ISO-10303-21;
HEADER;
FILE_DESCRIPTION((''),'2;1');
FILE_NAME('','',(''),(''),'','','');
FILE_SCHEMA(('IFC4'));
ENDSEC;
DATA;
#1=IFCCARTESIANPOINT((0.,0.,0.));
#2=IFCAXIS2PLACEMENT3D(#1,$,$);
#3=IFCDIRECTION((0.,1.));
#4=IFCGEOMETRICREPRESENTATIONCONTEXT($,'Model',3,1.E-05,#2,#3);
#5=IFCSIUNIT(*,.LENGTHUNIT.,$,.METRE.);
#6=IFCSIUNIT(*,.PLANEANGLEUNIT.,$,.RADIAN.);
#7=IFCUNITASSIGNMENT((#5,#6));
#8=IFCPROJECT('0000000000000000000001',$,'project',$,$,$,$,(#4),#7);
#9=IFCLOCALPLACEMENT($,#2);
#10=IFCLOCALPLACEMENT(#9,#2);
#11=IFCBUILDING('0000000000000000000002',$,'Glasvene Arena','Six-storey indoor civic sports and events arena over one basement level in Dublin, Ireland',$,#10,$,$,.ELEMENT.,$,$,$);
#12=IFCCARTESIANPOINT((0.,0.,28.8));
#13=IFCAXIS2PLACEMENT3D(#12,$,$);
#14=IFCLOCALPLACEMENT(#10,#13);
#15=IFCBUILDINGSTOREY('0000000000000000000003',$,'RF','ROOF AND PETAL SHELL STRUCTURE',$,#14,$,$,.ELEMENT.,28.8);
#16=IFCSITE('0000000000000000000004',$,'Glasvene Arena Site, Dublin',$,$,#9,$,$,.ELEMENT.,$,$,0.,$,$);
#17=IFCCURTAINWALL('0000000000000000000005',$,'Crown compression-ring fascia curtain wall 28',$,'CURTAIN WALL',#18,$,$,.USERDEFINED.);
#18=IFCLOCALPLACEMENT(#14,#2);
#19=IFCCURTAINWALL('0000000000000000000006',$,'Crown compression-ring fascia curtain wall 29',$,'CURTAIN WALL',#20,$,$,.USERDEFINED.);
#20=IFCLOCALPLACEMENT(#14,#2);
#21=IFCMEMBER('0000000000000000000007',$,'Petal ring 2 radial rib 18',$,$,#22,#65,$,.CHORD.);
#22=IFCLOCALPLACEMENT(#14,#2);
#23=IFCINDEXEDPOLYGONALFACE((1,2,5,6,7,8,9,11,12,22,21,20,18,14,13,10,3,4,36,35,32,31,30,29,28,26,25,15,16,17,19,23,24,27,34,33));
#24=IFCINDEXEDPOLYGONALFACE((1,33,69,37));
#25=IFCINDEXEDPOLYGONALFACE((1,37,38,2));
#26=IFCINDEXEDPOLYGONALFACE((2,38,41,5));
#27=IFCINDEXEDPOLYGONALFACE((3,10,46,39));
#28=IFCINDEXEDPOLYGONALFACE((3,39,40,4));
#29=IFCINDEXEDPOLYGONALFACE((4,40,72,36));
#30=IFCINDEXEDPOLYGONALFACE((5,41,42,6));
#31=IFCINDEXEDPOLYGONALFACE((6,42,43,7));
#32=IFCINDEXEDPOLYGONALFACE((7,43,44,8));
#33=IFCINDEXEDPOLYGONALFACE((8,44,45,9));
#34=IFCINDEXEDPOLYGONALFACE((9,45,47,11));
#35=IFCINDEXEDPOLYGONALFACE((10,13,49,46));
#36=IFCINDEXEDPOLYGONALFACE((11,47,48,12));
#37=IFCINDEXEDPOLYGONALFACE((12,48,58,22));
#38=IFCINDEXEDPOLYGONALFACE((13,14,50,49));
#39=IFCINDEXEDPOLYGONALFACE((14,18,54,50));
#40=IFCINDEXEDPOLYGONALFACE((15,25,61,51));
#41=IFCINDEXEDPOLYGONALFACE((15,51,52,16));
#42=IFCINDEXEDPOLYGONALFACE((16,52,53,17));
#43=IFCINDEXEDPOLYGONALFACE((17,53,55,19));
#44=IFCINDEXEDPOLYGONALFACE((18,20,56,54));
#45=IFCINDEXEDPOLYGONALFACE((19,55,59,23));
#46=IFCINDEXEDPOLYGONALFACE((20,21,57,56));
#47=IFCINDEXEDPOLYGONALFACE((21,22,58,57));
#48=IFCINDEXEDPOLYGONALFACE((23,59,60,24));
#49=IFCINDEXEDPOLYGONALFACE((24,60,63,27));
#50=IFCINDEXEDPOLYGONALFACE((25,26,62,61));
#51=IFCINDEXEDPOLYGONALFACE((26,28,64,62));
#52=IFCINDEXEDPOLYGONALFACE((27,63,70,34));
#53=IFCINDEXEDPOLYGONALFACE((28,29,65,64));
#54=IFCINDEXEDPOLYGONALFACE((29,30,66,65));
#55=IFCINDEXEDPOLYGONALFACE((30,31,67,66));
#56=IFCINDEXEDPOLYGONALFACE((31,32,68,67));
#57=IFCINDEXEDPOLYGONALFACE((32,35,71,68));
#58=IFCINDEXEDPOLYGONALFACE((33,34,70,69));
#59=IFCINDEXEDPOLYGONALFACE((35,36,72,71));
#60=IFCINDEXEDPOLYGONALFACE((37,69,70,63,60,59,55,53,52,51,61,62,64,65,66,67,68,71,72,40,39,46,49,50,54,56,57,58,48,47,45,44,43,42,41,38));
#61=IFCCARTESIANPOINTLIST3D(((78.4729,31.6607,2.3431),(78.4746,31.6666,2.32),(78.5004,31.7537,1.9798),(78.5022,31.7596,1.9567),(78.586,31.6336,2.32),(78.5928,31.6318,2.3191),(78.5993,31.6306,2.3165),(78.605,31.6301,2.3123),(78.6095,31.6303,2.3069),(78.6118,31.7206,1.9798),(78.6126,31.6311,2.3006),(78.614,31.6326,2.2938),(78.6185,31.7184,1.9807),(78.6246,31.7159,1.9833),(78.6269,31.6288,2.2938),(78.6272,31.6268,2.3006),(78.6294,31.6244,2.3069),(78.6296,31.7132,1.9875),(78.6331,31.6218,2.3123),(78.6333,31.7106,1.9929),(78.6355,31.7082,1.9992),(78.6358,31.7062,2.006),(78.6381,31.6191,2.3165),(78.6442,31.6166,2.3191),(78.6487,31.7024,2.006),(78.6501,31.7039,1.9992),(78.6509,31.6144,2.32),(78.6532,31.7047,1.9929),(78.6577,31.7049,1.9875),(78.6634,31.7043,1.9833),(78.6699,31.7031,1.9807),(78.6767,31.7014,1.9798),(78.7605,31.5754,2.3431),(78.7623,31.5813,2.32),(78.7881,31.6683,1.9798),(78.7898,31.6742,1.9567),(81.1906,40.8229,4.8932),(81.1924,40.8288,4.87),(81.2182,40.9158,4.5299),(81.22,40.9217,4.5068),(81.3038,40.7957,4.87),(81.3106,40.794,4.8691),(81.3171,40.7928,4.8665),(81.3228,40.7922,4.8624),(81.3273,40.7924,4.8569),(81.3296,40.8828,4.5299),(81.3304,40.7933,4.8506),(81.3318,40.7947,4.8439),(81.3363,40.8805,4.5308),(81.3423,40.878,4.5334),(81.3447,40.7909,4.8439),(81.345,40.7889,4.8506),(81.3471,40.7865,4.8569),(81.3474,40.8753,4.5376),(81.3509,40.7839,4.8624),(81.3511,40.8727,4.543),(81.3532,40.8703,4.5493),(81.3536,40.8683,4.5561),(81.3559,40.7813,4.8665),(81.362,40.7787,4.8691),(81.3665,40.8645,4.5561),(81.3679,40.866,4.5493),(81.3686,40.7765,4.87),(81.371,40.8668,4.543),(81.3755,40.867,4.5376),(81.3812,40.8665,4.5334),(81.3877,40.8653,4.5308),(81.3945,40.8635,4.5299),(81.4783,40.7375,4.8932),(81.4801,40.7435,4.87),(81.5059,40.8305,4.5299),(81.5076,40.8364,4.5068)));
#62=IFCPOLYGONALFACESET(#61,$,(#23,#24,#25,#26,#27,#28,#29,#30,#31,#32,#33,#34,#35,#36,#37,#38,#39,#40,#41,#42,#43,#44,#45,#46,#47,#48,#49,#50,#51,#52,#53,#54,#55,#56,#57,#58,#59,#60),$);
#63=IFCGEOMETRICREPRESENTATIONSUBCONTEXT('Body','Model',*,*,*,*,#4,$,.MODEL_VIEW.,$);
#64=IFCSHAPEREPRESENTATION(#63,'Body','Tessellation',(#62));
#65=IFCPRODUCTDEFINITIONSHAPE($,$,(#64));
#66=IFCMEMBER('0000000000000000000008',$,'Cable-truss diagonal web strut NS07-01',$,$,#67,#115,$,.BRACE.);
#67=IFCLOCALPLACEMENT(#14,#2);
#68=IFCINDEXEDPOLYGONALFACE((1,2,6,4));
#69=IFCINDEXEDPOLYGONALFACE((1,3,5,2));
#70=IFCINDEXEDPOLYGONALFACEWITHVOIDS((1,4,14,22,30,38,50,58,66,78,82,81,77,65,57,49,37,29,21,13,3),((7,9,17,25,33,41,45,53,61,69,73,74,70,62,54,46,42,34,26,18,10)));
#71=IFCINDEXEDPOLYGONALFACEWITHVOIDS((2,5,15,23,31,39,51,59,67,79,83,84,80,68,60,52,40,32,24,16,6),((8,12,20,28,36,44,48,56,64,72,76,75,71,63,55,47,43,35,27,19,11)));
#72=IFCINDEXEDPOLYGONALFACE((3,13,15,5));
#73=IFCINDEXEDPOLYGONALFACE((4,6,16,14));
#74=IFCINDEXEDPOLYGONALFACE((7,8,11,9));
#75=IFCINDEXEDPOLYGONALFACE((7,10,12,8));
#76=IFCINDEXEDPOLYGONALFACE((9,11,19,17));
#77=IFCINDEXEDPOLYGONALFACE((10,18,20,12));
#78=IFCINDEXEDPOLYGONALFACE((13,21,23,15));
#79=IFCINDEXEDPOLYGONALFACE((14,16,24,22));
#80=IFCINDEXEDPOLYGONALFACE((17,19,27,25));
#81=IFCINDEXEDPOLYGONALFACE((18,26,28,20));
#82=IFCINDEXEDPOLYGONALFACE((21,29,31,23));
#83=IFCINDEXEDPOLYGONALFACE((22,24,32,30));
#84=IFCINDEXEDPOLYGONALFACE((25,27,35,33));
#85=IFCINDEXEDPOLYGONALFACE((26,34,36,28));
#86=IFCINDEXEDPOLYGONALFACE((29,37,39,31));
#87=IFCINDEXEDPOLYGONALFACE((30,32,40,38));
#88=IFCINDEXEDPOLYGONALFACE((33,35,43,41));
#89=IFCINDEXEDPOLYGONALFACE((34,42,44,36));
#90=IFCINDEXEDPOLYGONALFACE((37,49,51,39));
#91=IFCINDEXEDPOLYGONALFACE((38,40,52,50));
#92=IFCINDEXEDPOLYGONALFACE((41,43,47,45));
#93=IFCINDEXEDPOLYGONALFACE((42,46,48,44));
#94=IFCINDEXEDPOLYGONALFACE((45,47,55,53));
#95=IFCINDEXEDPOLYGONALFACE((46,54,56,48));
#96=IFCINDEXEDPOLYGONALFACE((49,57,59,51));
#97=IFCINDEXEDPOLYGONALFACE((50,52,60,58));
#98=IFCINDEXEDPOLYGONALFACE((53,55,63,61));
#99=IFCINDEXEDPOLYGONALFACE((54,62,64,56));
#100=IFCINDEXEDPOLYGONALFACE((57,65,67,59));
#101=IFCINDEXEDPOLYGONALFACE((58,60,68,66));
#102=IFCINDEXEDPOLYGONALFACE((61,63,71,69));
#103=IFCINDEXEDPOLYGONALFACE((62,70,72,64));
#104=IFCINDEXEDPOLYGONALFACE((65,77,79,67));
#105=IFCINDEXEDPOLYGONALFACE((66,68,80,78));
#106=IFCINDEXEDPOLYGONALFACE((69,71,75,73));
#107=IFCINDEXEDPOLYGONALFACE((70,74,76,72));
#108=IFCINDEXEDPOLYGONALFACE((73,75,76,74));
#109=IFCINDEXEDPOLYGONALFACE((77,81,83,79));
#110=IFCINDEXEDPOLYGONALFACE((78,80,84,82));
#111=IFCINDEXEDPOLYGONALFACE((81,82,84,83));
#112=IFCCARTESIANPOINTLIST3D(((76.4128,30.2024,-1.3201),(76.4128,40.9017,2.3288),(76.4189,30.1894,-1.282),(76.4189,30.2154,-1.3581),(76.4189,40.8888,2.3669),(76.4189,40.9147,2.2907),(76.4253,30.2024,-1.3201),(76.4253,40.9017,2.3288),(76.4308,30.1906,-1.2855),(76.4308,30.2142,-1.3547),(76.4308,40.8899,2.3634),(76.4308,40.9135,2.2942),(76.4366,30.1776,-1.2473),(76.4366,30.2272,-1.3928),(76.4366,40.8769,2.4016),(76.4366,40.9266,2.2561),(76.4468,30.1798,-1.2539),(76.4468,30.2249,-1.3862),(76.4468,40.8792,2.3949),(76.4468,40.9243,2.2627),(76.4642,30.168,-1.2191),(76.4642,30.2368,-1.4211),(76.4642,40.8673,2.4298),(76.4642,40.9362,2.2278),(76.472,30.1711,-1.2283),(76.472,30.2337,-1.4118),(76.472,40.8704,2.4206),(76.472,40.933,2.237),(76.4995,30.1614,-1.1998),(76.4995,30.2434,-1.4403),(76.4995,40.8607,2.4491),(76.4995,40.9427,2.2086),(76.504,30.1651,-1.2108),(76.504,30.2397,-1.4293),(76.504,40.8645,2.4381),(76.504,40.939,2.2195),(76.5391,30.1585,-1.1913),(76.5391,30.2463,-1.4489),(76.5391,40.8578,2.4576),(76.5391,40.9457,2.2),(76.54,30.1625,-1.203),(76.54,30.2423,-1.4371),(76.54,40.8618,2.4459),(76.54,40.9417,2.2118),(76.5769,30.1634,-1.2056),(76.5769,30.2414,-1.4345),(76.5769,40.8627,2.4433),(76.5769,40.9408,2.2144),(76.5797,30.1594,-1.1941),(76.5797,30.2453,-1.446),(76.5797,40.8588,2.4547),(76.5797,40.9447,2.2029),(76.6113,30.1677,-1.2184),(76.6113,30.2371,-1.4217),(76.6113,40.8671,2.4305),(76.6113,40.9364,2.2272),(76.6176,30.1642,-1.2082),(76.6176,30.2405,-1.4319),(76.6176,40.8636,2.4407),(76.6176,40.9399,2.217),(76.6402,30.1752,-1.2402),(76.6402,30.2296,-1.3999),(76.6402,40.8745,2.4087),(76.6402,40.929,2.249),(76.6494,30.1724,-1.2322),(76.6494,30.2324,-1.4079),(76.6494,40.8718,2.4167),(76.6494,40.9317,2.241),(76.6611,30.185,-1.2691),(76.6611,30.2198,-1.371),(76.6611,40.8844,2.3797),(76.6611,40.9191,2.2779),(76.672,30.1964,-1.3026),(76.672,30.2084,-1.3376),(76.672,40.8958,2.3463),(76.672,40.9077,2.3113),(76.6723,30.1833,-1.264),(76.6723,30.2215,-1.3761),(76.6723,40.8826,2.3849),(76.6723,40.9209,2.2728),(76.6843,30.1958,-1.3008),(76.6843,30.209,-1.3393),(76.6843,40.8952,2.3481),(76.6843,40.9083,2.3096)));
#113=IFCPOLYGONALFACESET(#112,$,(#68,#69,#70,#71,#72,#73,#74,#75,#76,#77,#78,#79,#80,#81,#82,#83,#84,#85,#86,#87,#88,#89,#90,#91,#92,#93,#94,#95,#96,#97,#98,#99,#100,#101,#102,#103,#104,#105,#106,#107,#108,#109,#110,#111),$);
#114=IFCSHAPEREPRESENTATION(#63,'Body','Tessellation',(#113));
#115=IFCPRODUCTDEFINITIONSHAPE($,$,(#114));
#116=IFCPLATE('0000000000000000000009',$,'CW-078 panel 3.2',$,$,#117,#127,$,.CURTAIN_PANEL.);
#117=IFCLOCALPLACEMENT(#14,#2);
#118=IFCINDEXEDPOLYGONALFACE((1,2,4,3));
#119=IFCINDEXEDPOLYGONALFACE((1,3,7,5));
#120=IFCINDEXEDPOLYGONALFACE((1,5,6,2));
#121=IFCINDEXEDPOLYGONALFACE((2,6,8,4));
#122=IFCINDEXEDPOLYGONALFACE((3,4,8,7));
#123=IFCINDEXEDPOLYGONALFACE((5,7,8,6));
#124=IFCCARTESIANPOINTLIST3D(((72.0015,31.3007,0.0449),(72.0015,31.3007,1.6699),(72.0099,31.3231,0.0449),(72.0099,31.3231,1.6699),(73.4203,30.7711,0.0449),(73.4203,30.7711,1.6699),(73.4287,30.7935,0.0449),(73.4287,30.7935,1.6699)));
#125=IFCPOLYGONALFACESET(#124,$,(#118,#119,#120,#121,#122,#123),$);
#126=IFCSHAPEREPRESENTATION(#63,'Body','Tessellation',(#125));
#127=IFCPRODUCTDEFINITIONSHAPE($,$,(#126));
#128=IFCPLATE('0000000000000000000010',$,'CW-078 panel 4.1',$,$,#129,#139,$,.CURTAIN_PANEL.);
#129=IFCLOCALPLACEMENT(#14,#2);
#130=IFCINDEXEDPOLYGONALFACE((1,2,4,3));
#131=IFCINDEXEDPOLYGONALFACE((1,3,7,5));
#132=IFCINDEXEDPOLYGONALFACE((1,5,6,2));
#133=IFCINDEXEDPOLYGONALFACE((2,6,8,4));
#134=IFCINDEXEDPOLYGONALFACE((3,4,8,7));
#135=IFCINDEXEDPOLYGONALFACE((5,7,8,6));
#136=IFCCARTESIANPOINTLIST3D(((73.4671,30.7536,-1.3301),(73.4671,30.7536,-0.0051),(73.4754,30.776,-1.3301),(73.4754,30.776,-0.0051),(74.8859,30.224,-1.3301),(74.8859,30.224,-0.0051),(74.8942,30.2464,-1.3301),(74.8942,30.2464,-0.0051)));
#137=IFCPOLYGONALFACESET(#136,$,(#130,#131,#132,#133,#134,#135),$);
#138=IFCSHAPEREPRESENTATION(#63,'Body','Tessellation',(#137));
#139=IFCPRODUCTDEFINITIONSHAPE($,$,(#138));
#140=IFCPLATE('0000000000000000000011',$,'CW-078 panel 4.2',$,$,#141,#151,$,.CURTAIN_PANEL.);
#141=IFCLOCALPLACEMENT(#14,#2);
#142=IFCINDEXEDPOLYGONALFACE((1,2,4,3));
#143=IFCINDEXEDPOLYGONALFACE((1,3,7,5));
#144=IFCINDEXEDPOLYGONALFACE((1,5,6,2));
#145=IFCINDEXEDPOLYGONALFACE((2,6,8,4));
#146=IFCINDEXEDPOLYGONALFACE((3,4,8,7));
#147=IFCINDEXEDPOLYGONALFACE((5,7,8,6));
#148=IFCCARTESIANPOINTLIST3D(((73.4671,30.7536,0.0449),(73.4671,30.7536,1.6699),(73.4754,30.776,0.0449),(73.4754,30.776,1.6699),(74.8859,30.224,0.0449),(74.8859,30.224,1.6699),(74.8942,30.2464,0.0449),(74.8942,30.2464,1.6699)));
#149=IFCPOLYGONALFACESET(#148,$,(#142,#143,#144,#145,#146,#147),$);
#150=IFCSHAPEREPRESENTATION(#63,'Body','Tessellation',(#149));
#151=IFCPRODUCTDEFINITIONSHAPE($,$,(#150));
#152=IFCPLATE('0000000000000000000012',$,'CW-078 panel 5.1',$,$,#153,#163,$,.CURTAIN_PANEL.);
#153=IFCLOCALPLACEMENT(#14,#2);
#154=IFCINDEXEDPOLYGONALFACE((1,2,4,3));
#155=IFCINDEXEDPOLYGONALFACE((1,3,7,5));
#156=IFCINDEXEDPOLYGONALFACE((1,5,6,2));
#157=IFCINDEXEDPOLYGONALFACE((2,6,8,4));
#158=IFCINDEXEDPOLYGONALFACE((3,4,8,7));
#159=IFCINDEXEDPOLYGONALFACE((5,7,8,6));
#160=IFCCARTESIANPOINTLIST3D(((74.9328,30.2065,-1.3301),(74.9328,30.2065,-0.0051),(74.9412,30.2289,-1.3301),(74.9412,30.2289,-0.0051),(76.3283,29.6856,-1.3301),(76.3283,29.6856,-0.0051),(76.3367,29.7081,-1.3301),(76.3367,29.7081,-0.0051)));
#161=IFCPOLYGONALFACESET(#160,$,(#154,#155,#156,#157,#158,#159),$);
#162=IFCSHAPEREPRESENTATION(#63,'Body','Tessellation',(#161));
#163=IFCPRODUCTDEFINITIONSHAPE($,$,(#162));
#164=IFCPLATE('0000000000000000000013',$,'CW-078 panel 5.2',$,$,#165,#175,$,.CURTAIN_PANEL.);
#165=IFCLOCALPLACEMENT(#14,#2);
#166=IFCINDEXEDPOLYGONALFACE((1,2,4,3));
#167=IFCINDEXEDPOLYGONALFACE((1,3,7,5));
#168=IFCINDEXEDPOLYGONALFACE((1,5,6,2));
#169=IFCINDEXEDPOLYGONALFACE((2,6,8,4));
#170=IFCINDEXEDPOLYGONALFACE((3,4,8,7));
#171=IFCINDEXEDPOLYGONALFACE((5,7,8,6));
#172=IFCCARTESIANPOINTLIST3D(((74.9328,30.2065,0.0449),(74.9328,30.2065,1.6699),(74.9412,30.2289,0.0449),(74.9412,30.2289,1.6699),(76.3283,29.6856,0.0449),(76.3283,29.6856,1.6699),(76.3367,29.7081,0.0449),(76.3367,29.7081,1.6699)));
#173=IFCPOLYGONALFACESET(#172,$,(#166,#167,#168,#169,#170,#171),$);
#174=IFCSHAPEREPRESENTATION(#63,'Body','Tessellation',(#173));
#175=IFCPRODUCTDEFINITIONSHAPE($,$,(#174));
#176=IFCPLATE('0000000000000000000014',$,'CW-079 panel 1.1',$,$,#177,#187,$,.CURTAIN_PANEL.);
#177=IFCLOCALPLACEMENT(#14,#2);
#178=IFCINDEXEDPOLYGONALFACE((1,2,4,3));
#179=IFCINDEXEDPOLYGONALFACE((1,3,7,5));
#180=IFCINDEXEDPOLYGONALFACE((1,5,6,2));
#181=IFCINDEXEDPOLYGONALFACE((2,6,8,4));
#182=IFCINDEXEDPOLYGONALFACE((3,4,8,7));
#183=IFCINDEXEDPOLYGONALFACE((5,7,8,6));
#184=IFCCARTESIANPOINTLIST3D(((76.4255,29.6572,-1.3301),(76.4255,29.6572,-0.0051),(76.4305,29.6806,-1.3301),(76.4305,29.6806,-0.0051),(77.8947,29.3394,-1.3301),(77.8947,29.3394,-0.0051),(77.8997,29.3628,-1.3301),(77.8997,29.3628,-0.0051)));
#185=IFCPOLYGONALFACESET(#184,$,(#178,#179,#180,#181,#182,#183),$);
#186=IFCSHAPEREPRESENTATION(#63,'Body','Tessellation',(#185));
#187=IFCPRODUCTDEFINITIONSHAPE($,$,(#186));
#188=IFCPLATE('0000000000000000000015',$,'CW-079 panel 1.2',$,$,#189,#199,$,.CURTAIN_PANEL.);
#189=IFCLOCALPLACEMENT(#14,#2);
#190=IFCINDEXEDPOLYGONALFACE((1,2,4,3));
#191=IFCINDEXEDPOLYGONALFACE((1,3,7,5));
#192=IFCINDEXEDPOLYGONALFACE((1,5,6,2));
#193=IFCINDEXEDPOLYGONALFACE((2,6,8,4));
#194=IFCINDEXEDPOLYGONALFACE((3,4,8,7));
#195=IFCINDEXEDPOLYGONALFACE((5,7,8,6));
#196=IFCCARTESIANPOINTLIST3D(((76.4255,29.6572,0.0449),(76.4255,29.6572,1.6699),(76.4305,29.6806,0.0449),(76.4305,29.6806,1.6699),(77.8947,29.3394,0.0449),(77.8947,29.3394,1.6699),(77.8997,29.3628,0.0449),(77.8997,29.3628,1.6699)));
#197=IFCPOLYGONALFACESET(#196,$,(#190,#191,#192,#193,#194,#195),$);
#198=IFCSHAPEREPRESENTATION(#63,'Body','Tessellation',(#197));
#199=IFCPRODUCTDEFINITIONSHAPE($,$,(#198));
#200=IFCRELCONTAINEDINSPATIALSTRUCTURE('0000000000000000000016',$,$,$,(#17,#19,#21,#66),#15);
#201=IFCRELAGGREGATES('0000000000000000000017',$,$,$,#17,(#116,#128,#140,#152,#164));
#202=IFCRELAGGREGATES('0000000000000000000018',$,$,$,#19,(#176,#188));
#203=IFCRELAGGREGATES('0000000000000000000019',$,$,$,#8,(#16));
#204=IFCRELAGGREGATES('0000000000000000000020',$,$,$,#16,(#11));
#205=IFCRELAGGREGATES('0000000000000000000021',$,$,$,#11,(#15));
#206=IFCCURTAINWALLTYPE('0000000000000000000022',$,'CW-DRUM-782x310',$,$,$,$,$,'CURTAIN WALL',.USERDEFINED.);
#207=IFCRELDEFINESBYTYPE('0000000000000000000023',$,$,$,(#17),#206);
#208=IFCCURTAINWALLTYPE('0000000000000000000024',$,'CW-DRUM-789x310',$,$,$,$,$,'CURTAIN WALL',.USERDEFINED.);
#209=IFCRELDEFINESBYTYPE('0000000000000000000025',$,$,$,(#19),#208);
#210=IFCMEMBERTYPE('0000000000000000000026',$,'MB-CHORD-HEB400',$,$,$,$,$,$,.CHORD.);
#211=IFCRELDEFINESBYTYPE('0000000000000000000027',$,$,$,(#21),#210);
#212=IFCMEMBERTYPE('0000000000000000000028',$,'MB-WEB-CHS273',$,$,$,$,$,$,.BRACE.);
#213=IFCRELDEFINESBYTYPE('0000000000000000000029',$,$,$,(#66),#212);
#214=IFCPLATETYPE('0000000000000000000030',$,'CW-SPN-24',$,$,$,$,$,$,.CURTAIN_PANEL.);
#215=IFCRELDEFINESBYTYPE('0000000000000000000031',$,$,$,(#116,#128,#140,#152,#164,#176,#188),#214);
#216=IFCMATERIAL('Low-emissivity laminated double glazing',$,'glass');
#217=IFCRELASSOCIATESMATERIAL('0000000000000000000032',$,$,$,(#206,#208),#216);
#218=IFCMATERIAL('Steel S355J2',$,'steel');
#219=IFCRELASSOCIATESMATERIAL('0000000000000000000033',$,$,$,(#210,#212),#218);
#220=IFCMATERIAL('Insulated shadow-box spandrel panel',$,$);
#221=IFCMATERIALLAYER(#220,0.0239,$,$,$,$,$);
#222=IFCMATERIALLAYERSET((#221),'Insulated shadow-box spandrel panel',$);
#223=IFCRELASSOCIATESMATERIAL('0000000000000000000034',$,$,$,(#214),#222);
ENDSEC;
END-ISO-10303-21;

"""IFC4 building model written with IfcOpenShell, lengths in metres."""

from ifc_helpers import new_model, si_unit, direction, frame, origin, origin_2d, place, context, subcontext, project, spatial, rectangle, hollow_circle, i_section, extrude, material, layer, layer_set, material_profile, profile_set, type_object, element, aggregate, save


model = new_model("IFC4")

# Units and contexts
model_context = context("Model", 3, precision=1e-05, world=origin(), true_north=direction((0.0, 1.0)))
body_context = subcontext(model_context, "Body", "Model", "MODEL_VIEW")
ifc_project = project(units=[si_unit("LENGTHUNIT", "METRE"), si_unit("PLANEANGLEUNIT", "RADIAN")], contexts=[model_context])

# Site, building, storey
site_placement = place(None, origin())
site = spatial("IfcSite", under=ifc_project, at=site_placement, Name="Glasvene Arena Site, Dublin", CompositionType="ELEMENT", RefElevation=0.0)
building_placement = place(site_placement, origin())
building = spatial("IfcBuilding", under=site, at=building_placement, Name="Glasvene Arena", Description="Six-storey indoor civic sports and events arena over one basement level in Dublin, Ireland", CompositionType="ELEMENT")
storey_placement = place(building_placement, frame((0.0, 0.0, 28.8)))
storey = spatial("IfcBuildingStorey", under=building, at=storey_placement, Name="RF", Description="ROOF AND PETAL SHELL STRUCTURE", CompositionType="ELEMENT", Elevation=28.8)

# Shared definitions
ifc_material_1 = material(Name="Steel S355J2", Category="steel")

# Curtain walls
ifc_material_2 = material(Name="Low-emissivity laminated double glazing", Category="glass")
curtain_wall_type_1 = type_object("IfcCurtainWallType", Name="CW-DRUM-782x310", ElementType="CURTAIN WALL", PredefinedType="USERDEFINED", material=ifc_material_2)
curtain_wall_1_placement = place(storey_placement, frame((69.0508, 32.4148, 0.0)))
curtain_wall_1 = element("IfcCurtainWall", 1, at=curtain_wall_1_placement, inside=storey, type_object=curtain_wall_type_1, Name="Crown compression-ring fascia curtain wall 28", ObjectType="CURTAIN WALL", PredefinedType="USERDEFINED")
curtain_wall_type_2 = type_object("IfcCurtainWallType", Name="CW-DRUM-789x310", ElementType="CURTAIN WALL", PredefinedType="USERDEFINED", material=ifc_material_2)
curtain_wall_2_placement = place(storey_placement, frame((76.3792, 29.6794, 0.0)))
curtain_wall_2 = element("IfcCurtainWall", 2, at=curtain_wall_2_placement, inside=storey, type_object=curtain_wall_type_2, Name="Crown compression-ring fascia curtain wall 29", ObjectType="CURTAIN WALL", PredefinedType="USERDEFINED")

# Members
ifc_material_profile_1 = material_profile(ifc_material_1, i_section(OverallWidth=0.3, OverallDepth=0.3999, WebThickness=0.0134, FlangeThickness=0.0239, FilletRadius=0.0271, at=origin_2d()), Name="HEB 400")
ifc_profile_set_1 = profile_set([ifc_material_profile_1], Name="Steel S355J2")
member_type_1 = type_object("IfcMemberType", Name="MB-CHORD-HEB400", PredefinedType="CHORD", material=ifc_profile_set_1)
member_1_placement = place(storey_placement, frame((78.6313, 31.6675, 2.1499), z_axis=(0.27477, 0.926301, 0.257813), x_axis=(-0.95871, 0.284384, 0.0)))
element("IfcMember", 3, at=member_1_placement, inside=storey, type_object=member_type_1, Name="Petal ring 2 radial rib 18", PredefinedType="CHORD", context=body_context, shape_type="SweptSolid", body=[
    extrude(i_section(OverallWidth=0.3, OverallDepth=0.3999, WebThickness=0.0134, FlangeThickness=0.0239, FilletRadius=0.0271, at=origin_2d()), origin(), (0.0, 0.0, 1.0), 9.8911),
])
ifc_material_profile_2 = material_profile(ifc_material_1, hollow_circle(Radius=0.1365, WallThickness=0.0125, at=origin_2d()), Name="CHS 273.0x12.5")
ifc_profile_set_2 = profile_set([ifc_material_profile_2], Name="Steel S355J2")
member_type_2 = type_object("IfcMemberType", Name="MB-WEB-CHS273", PredefinedType="BRACE", material=ifc_profile_set_2)
member_2_placement = place(storey_placement, frame((76.5493, 30.2024, -1.3201), z_axis=(0.0, 0.946473, 0.322783), x_axis=(-1.0, 0.0, 0.0)))
element("IfcMember", 4, at=member_2_placement, inside=storey, type_object=member_type_2, Name="Cable-truss diagonal web strut NS07-01", PredefinedType="BRACE", context=body_context, shape_type="SweptSolid", body=[
    extrude(hollow_circle(Radius=0.1365, WallThickness=0.0125, at=origin_2d()), origin(), (0.0, 0.0, 1.0), 11.3044),
])

# Plates
ifc_material_3 = material(Name="Insulated shadow-box spandrel panel")
ifc_layer_1 = layer(ifc_material_3, 0.0239)
ifc_layer_set_1 = layer_set([ifc_layer_1], Name="Insulated shadow-box spandrel panel")
plate_type_1 = type_object("IfcPlateType", Name="CW-SPN-24", PredefinedType="CURTAIN_PANEL", material=ifc_layer_set_1)
plate_1_placement = place(storey_placement, frame((72.7151, 31.0471, 0.0449), z_axis=(0.0, 0.0, 1.0), x_axis=(0.936868, -0.349683, 0.0)))
plate_1 = element("IfcPlate", 5, at=plate_1_placement, type_object=plate_type_1, Name="CW-078 panel 3.2", PredefinedType="CURTAIN_PANEL", context=body_context, shape_type="SweptSolid", body=[
    extrude(rectangle(XDim=1.5144, YDim=0.0239, at=origin_2d()), origin(), (0.0, 0.0, 1.0), 1.625),
])
plate_2_placement = place(storey_placement, frame((74.1807, 30.5, -1.3301), z_axis=(0.0, 0.0, 1.0), x_axis=(0.936868, -0.349683, 0.0)))
plate_2 = element("IfcPlate", 6, at=plate_2_placement, type_object=plate_type_1, Name="CW-078 panel 4.1", PredefinedType="CURTAIN_PANEL", context=body_context, shape_type="SweptSolid", body=[
    extrude(rectangle(XDim=1.5144, YDim=0.0239, at=origin_2d()), origin(), (0.0, 0.0, 1.0), 1.325),
])
plate_3_placement = place(storey_placement, frame((74.1807, 30.5, 0.0449), z_axis=(0.0, 0.0, 1.0), x_axis=(0.936868, -0.349683, 0.0)))
plate_3 = element("IfcPlate", 7, at=plate_3_placement, type_object=plate_type_1, Name="CW-078 panel 4.2", PredefinedType="CURTAIN_PANEL", context=body_context, shape_type="SweptSolid", body=[
    extrude(rectangle(XDim=1.5144, YDim=0.0239, at=origin_2d()), origin(), (0.0, 0.0, 1.0), 1.625),
])
plate_4_placement = place(storey_placement, frame((75.6348, 29.9573, -1.3301), z_axis=(0.0, 0.0, 1.0), x_axis=(0.936868, -0.349683, 0.0)))
plate_4 = element("IfcPlate", 8, at=plate_4_placement, type_object=plate_type_1, Name="CW-078 panel 5.1", PredefinedType="CURTAIN_PANEL", context=body_context, shape_type="SweptSolid", body=[
    extrude(rectangle(XDim=1.4895, YDim=0.0239, at=origin_2d()), origin(), (0.0, 0.0, 1.0), 1.325),
])
plate_5_placement = place(storey_placement, frame((75.6348, 29.9573, 0.0449), z_axis=(0.0, 0.0, 1.0), x_axis=(0.936868, -0.349683, 0.0)))
plate_5 = element("IfcPlate", 9, at=plate_5_placement, type_object=plate_type_1, Name="CW-078 panel 5.2", PredefinedType="CURTAIN_PANEL", context=body_context, shape_type="SweptSolid", body=[
    extrude(rectangle(XDim=1.4895, YDim=0.0239, at=origin_2d()), origin(), (0.0, 0.0, 1.0), 1.625),
])
aggregate(curtain_wall_1, [plate_1, plate_2, plate_3, plate_4, plate_5])
plate_6_placement = place(storey_placement, frame((77.1626, 29.51, -1.3301), z_axis=(0.0, 0.0, 1.0), x_axis=(0.97739, -0.211445, 0.0)))
plate_6 = element("IfcPlate", 10, at=plate_6_placement, type_object=plate_type_1, Name="CW-079 panel 1.1", PredefinedType="CURTAIN_PANEL", context=body_context, shape_type="SweptSolid", body=[
    extrude(rectangle(XDim=1.5032, YDim=0.0239, at=origin_2d()), origin(), (0.0, 0.0, 1.0), 1.325),
])
plate_7_placement = place(storey_placement, frame((77.1626, 29.51, 0.0449), z_axis=(0.0, 0.0, 1.0), x_axis=(0.97739, -0.211445, 0.0)))
plate_7 = element("IfcPlate", 11, at=plate_7_placement, type_object=plate_type_1, Name="CW-079 panel 1.2", PredefinedType="CURTAIN_PANEL", context=body_context, shape_type="SweptSolid", body=[
    extrude(rectangle(XDim=1.5032, YDim=0.0239, at=origin_2d()), origin(), (0.0, 0.0, 1.0), 1.625),
])
aggregate(curtain_wall_2, [plate_6, plate_7])

save(model, "model.ifc")
